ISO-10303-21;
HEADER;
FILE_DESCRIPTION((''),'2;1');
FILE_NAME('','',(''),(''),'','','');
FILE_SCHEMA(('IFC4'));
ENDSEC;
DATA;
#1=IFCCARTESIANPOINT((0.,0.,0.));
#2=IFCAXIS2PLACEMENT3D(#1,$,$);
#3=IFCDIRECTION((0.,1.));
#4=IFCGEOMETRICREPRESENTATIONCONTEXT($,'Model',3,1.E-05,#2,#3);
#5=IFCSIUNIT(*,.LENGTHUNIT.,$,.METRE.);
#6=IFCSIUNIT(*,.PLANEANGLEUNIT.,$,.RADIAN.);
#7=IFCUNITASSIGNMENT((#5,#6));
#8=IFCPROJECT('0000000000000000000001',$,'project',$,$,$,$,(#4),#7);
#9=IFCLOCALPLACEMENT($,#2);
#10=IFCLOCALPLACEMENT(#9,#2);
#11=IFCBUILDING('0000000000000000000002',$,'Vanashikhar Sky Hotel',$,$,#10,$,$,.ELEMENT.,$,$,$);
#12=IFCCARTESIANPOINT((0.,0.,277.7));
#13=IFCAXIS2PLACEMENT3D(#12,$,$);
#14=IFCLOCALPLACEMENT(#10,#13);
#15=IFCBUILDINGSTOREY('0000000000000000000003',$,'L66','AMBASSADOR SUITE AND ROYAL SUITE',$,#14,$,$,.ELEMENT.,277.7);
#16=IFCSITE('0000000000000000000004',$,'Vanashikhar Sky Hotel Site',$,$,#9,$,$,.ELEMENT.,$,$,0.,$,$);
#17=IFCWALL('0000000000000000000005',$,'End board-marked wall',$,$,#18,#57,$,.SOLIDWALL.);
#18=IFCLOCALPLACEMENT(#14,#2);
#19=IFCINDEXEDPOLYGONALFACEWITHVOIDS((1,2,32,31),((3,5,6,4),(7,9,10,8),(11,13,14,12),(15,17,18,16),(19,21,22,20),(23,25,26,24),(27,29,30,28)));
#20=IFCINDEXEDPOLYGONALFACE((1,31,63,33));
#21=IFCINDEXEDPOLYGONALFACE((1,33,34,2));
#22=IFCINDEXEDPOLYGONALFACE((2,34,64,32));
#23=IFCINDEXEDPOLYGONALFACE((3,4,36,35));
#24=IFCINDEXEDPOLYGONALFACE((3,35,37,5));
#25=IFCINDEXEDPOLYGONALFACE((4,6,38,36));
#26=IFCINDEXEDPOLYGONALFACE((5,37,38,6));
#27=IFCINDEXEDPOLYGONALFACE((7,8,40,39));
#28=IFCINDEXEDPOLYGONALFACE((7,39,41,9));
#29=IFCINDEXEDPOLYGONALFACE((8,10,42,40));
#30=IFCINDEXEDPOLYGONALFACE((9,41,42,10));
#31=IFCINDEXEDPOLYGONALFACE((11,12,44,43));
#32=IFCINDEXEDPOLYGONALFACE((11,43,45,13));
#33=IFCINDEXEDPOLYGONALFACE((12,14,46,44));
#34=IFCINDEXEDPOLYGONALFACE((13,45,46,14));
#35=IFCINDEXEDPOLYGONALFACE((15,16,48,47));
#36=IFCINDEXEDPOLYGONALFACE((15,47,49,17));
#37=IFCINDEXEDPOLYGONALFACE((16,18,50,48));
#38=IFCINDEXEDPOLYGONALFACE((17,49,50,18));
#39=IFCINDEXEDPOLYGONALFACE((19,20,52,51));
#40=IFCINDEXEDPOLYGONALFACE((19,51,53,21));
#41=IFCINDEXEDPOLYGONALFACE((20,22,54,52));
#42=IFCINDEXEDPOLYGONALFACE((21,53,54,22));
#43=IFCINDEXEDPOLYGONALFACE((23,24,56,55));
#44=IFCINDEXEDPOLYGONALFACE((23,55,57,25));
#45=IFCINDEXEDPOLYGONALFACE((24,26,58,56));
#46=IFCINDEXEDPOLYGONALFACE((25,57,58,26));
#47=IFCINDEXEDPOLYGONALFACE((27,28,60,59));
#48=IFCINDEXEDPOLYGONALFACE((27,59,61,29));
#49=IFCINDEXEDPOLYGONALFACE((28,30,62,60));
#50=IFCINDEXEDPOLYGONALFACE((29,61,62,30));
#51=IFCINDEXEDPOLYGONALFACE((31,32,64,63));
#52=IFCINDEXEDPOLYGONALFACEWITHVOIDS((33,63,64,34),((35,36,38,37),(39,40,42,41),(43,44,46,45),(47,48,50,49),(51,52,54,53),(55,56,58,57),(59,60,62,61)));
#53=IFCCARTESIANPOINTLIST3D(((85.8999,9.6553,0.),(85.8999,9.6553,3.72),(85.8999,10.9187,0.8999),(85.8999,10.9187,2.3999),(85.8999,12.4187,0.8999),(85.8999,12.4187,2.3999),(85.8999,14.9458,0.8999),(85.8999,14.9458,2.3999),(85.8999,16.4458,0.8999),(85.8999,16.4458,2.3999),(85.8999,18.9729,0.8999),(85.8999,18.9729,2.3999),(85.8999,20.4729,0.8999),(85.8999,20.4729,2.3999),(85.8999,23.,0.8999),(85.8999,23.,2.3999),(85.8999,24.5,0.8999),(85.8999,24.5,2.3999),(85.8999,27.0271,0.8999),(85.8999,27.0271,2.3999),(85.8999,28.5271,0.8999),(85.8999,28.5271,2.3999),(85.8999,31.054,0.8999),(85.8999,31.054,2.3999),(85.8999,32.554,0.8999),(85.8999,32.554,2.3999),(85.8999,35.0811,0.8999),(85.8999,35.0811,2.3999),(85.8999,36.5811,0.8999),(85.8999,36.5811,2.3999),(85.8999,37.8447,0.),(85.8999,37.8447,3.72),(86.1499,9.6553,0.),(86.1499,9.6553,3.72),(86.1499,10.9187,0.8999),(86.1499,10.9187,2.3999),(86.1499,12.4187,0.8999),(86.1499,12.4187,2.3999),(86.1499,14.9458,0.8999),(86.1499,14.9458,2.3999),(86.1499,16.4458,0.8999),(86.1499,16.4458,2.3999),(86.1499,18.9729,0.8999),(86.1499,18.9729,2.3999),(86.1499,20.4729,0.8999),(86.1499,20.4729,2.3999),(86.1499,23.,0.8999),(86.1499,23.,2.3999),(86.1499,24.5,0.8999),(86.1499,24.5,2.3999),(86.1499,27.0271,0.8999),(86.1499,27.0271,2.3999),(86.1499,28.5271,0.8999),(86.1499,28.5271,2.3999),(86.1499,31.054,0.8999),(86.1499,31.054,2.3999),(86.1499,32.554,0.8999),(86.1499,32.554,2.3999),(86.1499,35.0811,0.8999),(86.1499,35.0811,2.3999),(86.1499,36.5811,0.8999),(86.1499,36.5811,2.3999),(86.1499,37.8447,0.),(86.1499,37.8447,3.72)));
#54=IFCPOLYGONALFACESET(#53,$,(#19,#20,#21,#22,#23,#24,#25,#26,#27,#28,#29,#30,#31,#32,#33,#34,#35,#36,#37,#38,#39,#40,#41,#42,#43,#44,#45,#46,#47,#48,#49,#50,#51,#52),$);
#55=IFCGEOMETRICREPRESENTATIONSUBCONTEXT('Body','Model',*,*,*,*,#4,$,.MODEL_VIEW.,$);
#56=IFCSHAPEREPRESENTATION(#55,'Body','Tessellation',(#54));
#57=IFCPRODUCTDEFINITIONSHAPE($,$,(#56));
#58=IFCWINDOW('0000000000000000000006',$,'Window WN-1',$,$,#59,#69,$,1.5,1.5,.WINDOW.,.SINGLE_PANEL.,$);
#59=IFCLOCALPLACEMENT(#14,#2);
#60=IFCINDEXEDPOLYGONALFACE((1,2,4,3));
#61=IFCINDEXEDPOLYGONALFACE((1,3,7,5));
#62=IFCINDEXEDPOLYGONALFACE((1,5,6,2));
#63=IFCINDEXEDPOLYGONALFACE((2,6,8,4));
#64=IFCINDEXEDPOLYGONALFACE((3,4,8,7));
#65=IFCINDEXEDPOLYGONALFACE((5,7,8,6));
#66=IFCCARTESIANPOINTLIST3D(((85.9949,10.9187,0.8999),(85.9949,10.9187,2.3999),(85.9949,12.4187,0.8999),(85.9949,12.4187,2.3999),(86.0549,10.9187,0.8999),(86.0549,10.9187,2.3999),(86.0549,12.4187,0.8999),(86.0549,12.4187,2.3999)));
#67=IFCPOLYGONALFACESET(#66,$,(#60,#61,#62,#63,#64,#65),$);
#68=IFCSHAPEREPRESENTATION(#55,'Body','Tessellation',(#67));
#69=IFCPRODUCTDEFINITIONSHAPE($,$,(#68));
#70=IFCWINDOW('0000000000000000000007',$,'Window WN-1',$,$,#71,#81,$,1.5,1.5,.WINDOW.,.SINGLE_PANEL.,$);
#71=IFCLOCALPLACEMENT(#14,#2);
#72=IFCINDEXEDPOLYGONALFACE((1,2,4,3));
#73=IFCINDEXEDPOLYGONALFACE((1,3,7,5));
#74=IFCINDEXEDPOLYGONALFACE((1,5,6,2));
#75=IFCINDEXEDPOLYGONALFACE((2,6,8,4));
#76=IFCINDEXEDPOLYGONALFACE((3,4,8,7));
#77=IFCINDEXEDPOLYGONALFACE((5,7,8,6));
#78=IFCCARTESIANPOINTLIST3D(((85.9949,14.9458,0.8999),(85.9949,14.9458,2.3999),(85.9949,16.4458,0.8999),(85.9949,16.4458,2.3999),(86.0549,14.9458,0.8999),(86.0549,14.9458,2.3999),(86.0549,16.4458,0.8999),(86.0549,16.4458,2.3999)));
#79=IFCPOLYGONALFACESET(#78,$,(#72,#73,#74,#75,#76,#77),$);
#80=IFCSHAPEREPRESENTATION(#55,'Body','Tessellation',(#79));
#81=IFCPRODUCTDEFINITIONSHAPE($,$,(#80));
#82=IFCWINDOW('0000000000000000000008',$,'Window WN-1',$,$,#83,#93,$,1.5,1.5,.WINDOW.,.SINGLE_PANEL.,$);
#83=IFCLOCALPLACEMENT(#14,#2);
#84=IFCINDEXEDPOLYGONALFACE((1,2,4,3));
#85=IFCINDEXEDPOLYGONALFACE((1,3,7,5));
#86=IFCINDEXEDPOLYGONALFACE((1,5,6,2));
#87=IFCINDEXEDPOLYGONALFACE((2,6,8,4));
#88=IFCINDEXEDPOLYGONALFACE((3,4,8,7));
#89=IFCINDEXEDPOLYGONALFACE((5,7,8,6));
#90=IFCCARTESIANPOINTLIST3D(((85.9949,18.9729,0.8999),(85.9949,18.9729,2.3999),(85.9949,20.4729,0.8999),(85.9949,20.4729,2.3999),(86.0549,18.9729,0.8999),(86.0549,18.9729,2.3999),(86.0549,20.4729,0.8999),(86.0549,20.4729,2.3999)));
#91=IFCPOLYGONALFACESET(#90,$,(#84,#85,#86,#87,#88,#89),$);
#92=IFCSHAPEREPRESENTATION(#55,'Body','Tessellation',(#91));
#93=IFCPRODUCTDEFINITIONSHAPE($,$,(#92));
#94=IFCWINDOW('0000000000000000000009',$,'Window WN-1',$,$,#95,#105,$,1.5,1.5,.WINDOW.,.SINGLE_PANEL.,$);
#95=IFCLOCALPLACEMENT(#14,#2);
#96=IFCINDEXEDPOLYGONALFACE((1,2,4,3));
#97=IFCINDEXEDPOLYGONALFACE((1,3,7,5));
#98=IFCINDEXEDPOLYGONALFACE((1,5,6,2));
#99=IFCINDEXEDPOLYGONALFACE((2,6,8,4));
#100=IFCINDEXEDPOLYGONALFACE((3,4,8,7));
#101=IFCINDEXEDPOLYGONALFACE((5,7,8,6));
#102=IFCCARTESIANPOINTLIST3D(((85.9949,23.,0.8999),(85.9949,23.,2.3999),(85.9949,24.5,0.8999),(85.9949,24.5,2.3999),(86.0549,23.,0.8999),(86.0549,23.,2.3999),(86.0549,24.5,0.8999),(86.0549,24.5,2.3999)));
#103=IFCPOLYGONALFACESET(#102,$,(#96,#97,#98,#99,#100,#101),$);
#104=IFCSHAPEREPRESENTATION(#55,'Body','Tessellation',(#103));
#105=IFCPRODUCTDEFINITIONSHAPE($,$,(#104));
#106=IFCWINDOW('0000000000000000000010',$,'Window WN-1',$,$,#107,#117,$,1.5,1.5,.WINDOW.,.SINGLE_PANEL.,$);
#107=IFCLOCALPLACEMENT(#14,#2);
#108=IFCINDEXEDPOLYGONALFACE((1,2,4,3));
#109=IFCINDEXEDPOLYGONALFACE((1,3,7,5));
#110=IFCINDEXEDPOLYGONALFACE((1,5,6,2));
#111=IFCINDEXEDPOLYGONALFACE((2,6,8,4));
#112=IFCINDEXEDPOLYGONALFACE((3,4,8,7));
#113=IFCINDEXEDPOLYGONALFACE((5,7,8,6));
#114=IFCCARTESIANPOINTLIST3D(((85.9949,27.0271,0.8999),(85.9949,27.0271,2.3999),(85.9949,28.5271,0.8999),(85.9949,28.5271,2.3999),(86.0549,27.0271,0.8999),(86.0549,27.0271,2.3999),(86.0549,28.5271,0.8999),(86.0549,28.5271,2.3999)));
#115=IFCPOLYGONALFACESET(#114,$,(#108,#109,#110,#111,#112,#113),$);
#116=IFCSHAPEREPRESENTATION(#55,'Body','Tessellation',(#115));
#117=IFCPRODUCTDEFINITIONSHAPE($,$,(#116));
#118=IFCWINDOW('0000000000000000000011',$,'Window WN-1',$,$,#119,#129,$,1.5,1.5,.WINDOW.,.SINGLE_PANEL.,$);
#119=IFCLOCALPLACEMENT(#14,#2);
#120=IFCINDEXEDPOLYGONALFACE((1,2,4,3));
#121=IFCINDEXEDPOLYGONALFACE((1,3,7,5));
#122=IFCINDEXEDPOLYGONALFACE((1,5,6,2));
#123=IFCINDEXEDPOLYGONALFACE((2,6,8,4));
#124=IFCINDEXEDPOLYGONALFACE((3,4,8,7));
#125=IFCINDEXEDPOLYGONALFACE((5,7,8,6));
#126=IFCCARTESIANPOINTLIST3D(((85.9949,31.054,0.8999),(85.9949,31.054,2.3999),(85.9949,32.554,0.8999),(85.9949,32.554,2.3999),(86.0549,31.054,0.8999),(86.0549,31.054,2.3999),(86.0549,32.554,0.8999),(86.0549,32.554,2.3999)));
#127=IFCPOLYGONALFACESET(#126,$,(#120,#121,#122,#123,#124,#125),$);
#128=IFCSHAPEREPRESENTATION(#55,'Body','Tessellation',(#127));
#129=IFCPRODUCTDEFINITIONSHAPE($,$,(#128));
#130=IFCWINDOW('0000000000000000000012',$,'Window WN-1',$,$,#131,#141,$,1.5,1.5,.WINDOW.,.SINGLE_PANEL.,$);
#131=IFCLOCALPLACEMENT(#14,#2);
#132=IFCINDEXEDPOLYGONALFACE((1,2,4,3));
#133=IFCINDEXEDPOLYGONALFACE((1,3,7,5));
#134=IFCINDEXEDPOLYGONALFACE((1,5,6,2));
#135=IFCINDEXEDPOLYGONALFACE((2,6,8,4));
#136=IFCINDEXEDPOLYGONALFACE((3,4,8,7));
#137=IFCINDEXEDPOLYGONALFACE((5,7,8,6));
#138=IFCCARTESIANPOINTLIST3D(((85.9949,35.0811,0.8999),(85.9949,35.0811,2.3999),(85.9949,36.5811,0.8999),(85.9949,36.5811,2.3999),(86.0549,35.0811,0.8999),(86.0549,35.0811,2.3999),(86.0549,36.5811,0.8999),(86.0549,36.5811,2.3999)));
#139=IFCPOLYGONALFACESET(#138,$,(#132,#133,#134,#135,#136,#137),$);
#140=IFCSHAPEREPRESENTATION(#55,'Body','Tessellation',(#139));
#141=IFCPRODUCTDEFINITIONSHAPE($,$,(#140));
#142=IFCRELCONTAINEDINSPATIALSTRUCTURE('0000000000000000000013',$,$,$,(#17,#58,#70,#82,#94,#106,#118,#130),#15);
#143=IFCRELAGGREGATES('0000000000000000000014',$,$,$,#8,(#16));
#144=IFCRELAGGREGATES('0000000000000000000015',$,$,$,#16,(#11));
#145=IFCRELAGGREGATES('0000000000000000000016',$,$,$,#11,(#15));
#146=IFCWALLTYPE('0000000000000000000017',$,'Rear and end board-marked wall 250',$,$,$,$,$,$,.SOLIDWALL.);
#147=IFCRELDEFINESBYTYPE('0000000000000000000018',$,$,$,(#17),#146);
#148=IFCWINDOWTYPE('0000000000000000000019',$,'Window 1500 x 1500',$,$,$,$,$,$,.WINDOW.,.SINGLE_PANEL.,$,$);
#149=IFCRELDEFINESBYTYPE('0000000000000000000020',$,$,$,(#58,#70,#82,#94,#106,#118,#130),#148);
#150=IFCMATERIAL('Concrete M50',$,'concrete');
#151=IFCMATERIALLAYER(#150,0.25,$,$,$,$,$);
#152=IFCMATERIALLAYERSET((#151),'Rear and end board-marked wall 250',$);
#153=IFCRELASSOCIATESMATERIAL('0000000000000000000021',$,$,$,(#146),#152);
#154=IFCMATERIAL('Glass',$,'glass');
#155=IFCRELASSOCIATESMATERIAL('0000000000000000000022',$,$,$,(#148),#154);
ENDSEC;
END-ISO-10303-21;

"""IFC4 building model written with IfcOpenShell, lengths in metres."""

from ifc_helpers import new_model, si_unit, direction, frame, frame_2d, origin, place, context, subcontext, project, spatial, rectangle, extrude, source, transform, mapped, material, layer, layer_set, type_object, element, fill, save


model = new_model("IFC4")

# Units and contexts
model_context = context("Model", 3, precision=1e-05, world=origin(), true_north=direction((0.0, 1.0)))
body_context = subcontext(model_context, "Body", "Model", "MODEL_VIEW")
ifc_project = project(units=[si_unit("LENGTHUNIT", "METRE"), si_unit("PLANEANGLEUNIT", "RADIAN")], contexts=[model_context])

# Site, building, storey
site_placement = place(None, origin())
site = spatial("IfcSite", under=ifc_project, at=site_placement, Name="Vanashikhar Sky Hotel Site", CompositionType="ELEMENT", RefElevation=0.0)
building_placement = place(site_placement, origin())
building = spatial("IfcBuilding", under=site, at=building_placement, Name="Vanashikhar Sky Hotel", CompositionType="ELEMENT")
storey_placement = place(building_placement, frame((0.0, 0.0, 277.7)))
storey = spatial("IfcBuildingStorey", under=building, at=storey_placement, Name="L66", Description="AMBASSADOR SUITE AND ROYAL SUITE", CompositionType="ELEMENT", Elevation=277.7)

# Shared definitions
ifc_material_1 = material(Name="Concrete M50", Category="concrete")

# Shared definitions
ifc_material_2 = material(Name="Glass", Category="glass")

# Wall, openings, windows
ifc_layer_1 = layer(ifc_material_1, 0.25)
ifc_layer_set_1 = layer_set([ifc_layer_1], Name="Rear and end board-marked wall 250")
wall_type_1 = type_object("IfcWallType", Name="Rear and end board-marked wall 250", PredefinedType="SOLIDWALL", material=ifc_layer_set_1)
shared_shape_1 = source(origin(), body_context, "Body", "SweptSolid", [
    extrude(rectangle(XDim=28.1895, YDim=0.25, at=frame_2d((14.0947, 0.0))), origin(), (0.0, 0.0, 1.0), 3.72),
])
wall_1_placement = place(storey_placement, frame((86.0249, 9.6553, 0.0), z_axis=(0.0, 0.0, 1.0), x_axis=(0.0, 1.0, 0.0)))
wall_1 = element("IfcWall", 1, at=wall_1_placement, inside=storey, type_object=wall_type_1, Name="End board-marked wall", PredefinedType="SOLIDWALL", context=body_context, shape_type="MappedRepresentation", body=[
    mapped(shared_shape_1, transform((0.0, 0.0, 0.0), scale=1.0)),
])
shared_shape_2 = source(origin(), body_context, "Body", "SweptSolid", [
    extrude(rectangle(XDim=1.5, YDim=1.5, at=frame_2d((0.75, 0.75))), frame((0.0, 0.135, 0.0), z_axis=(0.0, -1.0, 0.0), x_axis=(1.0, 0.0, 0.0)), (0.0, 0.0, 1.0), 0.27),
])
opening_1_placement = place(wall_1_placement, frame((1.2634, 0.0, 0.8999)))
opening_1 = element("IfcOpeningElement", 2, at=opening_1_placement, cuts=wall_1, PredefinedType="OPENING", context=body_context, shape_type="MappedRepresentation", body=[
    mapped(shared_shape_2, transform((0.0, 0.0, 0.0), scale=1.0)),
])
opening_2_placement = place(wall_1_placement, frame((5.2905, 0.0, 0.8999)))
opening_2 = element("IfcOpeningElement", 3, at=opening_2_placement, cuts=wall_1, PredefinedType="OPENING", context=body_context, shape_type="MappedRepresentation", body=[
    mapped(shared_shape_2, transform((0.0, 0.0, 0.0), scale=1.0)),
])
opening_3_placement = place(wall_1_placement, frame((9.3176, 0.0, 0.8999)))
opening_3 = element("IfcOpeningElement", 4, at=opening_3_placement, cuts=wall_1, PredefinedType="OPENING", context=body_context, shape_type="MappedRepresentation", body=[
    mapped(shared_shape_2, transform((0.0, 0.0, 0.0), scale=1.0)),
])
opening_4_placement = place(wall_1_placement, frame((13.3447, 0.0, 0.8999)))
opening_4 = element("IfcOpeningElement", 5, at=opening_4_placement, cuts=wall_1, PredefinedType="OPENING", context=body_context, shape_type="MappedRepresentation", body=[
    mapped(shared_shape_2, transform((0.0, 0.0, 0.0), scale=1.0)),
])
opening_5_placement = place(wall_1_placement, frame((17.3718, 0.0, 0.8999)))
opening_5 = element("IfcOpeningElement", 6, at=opening_5_placement, cuts=wall_1, PredefinedType="OPENING", context=body_context, shape_type="MappedRepresentation", body=[
    mapped(shared_shape_2, transform((0.0, 0.0, 0.0), scale=1.0)),
])
opening_6_placement = place(wall_1_placement, frame((21.3987, 0.0, 0.8999)))
opening_6 = element("IfcOpeningElement", 7, at=opening_6_placement, cuts=wall_1, PredefinedType="OPENING", context=body_context, shape_type="MappedRepresentation", body=[
    mapped(shared_shape_2, transform((0.0, 0.0, 0.0), scale=1.0)),
])
opening_7_placement = place(wall_1_placement, frame((25.4258, 0.0, 0.8999)))
opening_7 = element("IfcOpeningElement", 8, at=opening_7_placement, cuts=wall_1, PredefinedType="OPENING", context=body_context, shape_type="MappedRepresentation", body=[
    mapped(shared_shape_2, transform((0.0, 0.0, 0.0), scale=1.0)),
])
window_type_1 = type_object("IfcWindowType", Name="Window 1500 x 1500", PartitioningType="SINGLE_PANEL", PredefinedType="WINDOW", material=ifc_material_2)
shared_shape_3 = source(origin(), body_context, "Body", "SweptSolid", [
    extrude(rectangle(XDim=1.5, YDim=1.5, at=frame_2d((0.75, 0.75))), frame((0.0, 0.03, 0.0), z_axis=(0.0, -1.0, 0.0), x_axis=(1.0, 0.0, 0.0)), (0.0, 0.0, 1.0), 0.0601),
])
window_1_placement = place(opening_1_placement, origin())
window_1 = element("IfcWindow", 9, at=window_1_placement, inside=storey, type_object=window_type_1, Name="Window WN-1", OverallHeight=1.5, OverallWidth=1.5, PartitioningType="SINGLE_PANEL", PredefinedType="WINDOW", context=body_context, shape_type="MappedRepresentation", body=[
    mapped(shared_shape_3, transform((0.0, 0.0, 0.0), scale=1.0)),
])
fill(opening_1, window_1)
window_2_placement = place(opening_2_placement, origin())
window_2 = element("IfcWindow", 10, at=window_2_placement, inside=storey, type_object=window_type_1, Name="Window WN-1", OverallHeight=1.5, OverallWidth=1.5, PartitioningType="SINGLE_PANEL", PredefinedType="WINDOW", context=body_context, shape_type="MappedRepresentation", body=[
    mapped(shared_shape_3, transform((0.0, 0.0, 0.0), scale=1.0)),
])
fill(opening_2, window_2)
window_3_placement = place(opening_3_placement, origin())
window_3 = element("IfcWindow", 11, at=window_3_placement, inside=storey, type_object=window_type_1, Name="Window WN-1", OverallHeight=1.5, OverallWidth=1.5, PartitioningType="SINGLE_PANEL", PredefinedType="WINDOW", context=body_context, shape_type="MappedRepresentation", body=[
    mapped(shared_shape_3, transform((0.0, 0.0, 0.0), scale=1.0)),
])
fill(opening_3, window_3)
window_4_placement = place(opening_4_placement, origin())
window_4 = element("IfcWindow", 12, at=window_4_placement, inside=storey, type_object=window_type_1, Name="Window WN-1", OverallHeight=1.5, OverallWidth=1.5, PartitioningType="SINGLE_PANEL", PredefinedType="WINDOW", context=body_context, shape_type="MappedRepresentation", body=[
    mapped(shared_shape_3, transform((0.0, 0.0, 0.0), scale=1.0)),
])
fill(opening_4, window_4)
window_5_placement = place(opening_5_placement, origin())
window_5 = element("IfcWindow", 13, at=window_5_placement, inside=storey, type_object=window_type_1, Name="Window WN-1", OverallHeight=1.5, OverallWidth=1.5, PartitioningType="SINGLE_PANEL", PredefinedType="WINDOW", context=body_context, shape_type="MappedRepresentation", body=[
    mapped(shared_shape_3, transform((0.0, 0.0, 0.0), scale=1.0)),
])
fill(opening_5, window_5)
window_6_placement = place(opening_6_placement, origin())
window_6 = element("IfcWindow", 14, at=window_6_placement, inside=storey, type_object=window_type_1, Name="Window WN-1", OverallHeight=1.5, OverallWidth=1.5, PartitioningType="SINGLE_PANEL", PredefinedType="WINDOW", context=body_context, shape_type="MappedRepresentation", body=[
    mapped(shared_shape_3, transform((0.0, 0.0, 0.0), scale=1.0)),
])
fill(opening_6, window_6)
window_7_placement = place(opening_7_placement, origin())
window_7 = element("IfcWindow", 15, at=window_7_placement, inside=storey, type_object=window_type_1, Name="Window WN-1", OverallHeight=1.5, OverallWidth=1.5, PartitioningType="SINGLE_PANEL", PredefinedType="WINDOW", context=body_context, shape_type="MappedRepresentation", body=[
    mapped(shared_shape_3, transform((0.0, 0.0, 0.0), scale=1.0)),
])
fill(opening_7, window_7)

save(model, "model.ifc")
